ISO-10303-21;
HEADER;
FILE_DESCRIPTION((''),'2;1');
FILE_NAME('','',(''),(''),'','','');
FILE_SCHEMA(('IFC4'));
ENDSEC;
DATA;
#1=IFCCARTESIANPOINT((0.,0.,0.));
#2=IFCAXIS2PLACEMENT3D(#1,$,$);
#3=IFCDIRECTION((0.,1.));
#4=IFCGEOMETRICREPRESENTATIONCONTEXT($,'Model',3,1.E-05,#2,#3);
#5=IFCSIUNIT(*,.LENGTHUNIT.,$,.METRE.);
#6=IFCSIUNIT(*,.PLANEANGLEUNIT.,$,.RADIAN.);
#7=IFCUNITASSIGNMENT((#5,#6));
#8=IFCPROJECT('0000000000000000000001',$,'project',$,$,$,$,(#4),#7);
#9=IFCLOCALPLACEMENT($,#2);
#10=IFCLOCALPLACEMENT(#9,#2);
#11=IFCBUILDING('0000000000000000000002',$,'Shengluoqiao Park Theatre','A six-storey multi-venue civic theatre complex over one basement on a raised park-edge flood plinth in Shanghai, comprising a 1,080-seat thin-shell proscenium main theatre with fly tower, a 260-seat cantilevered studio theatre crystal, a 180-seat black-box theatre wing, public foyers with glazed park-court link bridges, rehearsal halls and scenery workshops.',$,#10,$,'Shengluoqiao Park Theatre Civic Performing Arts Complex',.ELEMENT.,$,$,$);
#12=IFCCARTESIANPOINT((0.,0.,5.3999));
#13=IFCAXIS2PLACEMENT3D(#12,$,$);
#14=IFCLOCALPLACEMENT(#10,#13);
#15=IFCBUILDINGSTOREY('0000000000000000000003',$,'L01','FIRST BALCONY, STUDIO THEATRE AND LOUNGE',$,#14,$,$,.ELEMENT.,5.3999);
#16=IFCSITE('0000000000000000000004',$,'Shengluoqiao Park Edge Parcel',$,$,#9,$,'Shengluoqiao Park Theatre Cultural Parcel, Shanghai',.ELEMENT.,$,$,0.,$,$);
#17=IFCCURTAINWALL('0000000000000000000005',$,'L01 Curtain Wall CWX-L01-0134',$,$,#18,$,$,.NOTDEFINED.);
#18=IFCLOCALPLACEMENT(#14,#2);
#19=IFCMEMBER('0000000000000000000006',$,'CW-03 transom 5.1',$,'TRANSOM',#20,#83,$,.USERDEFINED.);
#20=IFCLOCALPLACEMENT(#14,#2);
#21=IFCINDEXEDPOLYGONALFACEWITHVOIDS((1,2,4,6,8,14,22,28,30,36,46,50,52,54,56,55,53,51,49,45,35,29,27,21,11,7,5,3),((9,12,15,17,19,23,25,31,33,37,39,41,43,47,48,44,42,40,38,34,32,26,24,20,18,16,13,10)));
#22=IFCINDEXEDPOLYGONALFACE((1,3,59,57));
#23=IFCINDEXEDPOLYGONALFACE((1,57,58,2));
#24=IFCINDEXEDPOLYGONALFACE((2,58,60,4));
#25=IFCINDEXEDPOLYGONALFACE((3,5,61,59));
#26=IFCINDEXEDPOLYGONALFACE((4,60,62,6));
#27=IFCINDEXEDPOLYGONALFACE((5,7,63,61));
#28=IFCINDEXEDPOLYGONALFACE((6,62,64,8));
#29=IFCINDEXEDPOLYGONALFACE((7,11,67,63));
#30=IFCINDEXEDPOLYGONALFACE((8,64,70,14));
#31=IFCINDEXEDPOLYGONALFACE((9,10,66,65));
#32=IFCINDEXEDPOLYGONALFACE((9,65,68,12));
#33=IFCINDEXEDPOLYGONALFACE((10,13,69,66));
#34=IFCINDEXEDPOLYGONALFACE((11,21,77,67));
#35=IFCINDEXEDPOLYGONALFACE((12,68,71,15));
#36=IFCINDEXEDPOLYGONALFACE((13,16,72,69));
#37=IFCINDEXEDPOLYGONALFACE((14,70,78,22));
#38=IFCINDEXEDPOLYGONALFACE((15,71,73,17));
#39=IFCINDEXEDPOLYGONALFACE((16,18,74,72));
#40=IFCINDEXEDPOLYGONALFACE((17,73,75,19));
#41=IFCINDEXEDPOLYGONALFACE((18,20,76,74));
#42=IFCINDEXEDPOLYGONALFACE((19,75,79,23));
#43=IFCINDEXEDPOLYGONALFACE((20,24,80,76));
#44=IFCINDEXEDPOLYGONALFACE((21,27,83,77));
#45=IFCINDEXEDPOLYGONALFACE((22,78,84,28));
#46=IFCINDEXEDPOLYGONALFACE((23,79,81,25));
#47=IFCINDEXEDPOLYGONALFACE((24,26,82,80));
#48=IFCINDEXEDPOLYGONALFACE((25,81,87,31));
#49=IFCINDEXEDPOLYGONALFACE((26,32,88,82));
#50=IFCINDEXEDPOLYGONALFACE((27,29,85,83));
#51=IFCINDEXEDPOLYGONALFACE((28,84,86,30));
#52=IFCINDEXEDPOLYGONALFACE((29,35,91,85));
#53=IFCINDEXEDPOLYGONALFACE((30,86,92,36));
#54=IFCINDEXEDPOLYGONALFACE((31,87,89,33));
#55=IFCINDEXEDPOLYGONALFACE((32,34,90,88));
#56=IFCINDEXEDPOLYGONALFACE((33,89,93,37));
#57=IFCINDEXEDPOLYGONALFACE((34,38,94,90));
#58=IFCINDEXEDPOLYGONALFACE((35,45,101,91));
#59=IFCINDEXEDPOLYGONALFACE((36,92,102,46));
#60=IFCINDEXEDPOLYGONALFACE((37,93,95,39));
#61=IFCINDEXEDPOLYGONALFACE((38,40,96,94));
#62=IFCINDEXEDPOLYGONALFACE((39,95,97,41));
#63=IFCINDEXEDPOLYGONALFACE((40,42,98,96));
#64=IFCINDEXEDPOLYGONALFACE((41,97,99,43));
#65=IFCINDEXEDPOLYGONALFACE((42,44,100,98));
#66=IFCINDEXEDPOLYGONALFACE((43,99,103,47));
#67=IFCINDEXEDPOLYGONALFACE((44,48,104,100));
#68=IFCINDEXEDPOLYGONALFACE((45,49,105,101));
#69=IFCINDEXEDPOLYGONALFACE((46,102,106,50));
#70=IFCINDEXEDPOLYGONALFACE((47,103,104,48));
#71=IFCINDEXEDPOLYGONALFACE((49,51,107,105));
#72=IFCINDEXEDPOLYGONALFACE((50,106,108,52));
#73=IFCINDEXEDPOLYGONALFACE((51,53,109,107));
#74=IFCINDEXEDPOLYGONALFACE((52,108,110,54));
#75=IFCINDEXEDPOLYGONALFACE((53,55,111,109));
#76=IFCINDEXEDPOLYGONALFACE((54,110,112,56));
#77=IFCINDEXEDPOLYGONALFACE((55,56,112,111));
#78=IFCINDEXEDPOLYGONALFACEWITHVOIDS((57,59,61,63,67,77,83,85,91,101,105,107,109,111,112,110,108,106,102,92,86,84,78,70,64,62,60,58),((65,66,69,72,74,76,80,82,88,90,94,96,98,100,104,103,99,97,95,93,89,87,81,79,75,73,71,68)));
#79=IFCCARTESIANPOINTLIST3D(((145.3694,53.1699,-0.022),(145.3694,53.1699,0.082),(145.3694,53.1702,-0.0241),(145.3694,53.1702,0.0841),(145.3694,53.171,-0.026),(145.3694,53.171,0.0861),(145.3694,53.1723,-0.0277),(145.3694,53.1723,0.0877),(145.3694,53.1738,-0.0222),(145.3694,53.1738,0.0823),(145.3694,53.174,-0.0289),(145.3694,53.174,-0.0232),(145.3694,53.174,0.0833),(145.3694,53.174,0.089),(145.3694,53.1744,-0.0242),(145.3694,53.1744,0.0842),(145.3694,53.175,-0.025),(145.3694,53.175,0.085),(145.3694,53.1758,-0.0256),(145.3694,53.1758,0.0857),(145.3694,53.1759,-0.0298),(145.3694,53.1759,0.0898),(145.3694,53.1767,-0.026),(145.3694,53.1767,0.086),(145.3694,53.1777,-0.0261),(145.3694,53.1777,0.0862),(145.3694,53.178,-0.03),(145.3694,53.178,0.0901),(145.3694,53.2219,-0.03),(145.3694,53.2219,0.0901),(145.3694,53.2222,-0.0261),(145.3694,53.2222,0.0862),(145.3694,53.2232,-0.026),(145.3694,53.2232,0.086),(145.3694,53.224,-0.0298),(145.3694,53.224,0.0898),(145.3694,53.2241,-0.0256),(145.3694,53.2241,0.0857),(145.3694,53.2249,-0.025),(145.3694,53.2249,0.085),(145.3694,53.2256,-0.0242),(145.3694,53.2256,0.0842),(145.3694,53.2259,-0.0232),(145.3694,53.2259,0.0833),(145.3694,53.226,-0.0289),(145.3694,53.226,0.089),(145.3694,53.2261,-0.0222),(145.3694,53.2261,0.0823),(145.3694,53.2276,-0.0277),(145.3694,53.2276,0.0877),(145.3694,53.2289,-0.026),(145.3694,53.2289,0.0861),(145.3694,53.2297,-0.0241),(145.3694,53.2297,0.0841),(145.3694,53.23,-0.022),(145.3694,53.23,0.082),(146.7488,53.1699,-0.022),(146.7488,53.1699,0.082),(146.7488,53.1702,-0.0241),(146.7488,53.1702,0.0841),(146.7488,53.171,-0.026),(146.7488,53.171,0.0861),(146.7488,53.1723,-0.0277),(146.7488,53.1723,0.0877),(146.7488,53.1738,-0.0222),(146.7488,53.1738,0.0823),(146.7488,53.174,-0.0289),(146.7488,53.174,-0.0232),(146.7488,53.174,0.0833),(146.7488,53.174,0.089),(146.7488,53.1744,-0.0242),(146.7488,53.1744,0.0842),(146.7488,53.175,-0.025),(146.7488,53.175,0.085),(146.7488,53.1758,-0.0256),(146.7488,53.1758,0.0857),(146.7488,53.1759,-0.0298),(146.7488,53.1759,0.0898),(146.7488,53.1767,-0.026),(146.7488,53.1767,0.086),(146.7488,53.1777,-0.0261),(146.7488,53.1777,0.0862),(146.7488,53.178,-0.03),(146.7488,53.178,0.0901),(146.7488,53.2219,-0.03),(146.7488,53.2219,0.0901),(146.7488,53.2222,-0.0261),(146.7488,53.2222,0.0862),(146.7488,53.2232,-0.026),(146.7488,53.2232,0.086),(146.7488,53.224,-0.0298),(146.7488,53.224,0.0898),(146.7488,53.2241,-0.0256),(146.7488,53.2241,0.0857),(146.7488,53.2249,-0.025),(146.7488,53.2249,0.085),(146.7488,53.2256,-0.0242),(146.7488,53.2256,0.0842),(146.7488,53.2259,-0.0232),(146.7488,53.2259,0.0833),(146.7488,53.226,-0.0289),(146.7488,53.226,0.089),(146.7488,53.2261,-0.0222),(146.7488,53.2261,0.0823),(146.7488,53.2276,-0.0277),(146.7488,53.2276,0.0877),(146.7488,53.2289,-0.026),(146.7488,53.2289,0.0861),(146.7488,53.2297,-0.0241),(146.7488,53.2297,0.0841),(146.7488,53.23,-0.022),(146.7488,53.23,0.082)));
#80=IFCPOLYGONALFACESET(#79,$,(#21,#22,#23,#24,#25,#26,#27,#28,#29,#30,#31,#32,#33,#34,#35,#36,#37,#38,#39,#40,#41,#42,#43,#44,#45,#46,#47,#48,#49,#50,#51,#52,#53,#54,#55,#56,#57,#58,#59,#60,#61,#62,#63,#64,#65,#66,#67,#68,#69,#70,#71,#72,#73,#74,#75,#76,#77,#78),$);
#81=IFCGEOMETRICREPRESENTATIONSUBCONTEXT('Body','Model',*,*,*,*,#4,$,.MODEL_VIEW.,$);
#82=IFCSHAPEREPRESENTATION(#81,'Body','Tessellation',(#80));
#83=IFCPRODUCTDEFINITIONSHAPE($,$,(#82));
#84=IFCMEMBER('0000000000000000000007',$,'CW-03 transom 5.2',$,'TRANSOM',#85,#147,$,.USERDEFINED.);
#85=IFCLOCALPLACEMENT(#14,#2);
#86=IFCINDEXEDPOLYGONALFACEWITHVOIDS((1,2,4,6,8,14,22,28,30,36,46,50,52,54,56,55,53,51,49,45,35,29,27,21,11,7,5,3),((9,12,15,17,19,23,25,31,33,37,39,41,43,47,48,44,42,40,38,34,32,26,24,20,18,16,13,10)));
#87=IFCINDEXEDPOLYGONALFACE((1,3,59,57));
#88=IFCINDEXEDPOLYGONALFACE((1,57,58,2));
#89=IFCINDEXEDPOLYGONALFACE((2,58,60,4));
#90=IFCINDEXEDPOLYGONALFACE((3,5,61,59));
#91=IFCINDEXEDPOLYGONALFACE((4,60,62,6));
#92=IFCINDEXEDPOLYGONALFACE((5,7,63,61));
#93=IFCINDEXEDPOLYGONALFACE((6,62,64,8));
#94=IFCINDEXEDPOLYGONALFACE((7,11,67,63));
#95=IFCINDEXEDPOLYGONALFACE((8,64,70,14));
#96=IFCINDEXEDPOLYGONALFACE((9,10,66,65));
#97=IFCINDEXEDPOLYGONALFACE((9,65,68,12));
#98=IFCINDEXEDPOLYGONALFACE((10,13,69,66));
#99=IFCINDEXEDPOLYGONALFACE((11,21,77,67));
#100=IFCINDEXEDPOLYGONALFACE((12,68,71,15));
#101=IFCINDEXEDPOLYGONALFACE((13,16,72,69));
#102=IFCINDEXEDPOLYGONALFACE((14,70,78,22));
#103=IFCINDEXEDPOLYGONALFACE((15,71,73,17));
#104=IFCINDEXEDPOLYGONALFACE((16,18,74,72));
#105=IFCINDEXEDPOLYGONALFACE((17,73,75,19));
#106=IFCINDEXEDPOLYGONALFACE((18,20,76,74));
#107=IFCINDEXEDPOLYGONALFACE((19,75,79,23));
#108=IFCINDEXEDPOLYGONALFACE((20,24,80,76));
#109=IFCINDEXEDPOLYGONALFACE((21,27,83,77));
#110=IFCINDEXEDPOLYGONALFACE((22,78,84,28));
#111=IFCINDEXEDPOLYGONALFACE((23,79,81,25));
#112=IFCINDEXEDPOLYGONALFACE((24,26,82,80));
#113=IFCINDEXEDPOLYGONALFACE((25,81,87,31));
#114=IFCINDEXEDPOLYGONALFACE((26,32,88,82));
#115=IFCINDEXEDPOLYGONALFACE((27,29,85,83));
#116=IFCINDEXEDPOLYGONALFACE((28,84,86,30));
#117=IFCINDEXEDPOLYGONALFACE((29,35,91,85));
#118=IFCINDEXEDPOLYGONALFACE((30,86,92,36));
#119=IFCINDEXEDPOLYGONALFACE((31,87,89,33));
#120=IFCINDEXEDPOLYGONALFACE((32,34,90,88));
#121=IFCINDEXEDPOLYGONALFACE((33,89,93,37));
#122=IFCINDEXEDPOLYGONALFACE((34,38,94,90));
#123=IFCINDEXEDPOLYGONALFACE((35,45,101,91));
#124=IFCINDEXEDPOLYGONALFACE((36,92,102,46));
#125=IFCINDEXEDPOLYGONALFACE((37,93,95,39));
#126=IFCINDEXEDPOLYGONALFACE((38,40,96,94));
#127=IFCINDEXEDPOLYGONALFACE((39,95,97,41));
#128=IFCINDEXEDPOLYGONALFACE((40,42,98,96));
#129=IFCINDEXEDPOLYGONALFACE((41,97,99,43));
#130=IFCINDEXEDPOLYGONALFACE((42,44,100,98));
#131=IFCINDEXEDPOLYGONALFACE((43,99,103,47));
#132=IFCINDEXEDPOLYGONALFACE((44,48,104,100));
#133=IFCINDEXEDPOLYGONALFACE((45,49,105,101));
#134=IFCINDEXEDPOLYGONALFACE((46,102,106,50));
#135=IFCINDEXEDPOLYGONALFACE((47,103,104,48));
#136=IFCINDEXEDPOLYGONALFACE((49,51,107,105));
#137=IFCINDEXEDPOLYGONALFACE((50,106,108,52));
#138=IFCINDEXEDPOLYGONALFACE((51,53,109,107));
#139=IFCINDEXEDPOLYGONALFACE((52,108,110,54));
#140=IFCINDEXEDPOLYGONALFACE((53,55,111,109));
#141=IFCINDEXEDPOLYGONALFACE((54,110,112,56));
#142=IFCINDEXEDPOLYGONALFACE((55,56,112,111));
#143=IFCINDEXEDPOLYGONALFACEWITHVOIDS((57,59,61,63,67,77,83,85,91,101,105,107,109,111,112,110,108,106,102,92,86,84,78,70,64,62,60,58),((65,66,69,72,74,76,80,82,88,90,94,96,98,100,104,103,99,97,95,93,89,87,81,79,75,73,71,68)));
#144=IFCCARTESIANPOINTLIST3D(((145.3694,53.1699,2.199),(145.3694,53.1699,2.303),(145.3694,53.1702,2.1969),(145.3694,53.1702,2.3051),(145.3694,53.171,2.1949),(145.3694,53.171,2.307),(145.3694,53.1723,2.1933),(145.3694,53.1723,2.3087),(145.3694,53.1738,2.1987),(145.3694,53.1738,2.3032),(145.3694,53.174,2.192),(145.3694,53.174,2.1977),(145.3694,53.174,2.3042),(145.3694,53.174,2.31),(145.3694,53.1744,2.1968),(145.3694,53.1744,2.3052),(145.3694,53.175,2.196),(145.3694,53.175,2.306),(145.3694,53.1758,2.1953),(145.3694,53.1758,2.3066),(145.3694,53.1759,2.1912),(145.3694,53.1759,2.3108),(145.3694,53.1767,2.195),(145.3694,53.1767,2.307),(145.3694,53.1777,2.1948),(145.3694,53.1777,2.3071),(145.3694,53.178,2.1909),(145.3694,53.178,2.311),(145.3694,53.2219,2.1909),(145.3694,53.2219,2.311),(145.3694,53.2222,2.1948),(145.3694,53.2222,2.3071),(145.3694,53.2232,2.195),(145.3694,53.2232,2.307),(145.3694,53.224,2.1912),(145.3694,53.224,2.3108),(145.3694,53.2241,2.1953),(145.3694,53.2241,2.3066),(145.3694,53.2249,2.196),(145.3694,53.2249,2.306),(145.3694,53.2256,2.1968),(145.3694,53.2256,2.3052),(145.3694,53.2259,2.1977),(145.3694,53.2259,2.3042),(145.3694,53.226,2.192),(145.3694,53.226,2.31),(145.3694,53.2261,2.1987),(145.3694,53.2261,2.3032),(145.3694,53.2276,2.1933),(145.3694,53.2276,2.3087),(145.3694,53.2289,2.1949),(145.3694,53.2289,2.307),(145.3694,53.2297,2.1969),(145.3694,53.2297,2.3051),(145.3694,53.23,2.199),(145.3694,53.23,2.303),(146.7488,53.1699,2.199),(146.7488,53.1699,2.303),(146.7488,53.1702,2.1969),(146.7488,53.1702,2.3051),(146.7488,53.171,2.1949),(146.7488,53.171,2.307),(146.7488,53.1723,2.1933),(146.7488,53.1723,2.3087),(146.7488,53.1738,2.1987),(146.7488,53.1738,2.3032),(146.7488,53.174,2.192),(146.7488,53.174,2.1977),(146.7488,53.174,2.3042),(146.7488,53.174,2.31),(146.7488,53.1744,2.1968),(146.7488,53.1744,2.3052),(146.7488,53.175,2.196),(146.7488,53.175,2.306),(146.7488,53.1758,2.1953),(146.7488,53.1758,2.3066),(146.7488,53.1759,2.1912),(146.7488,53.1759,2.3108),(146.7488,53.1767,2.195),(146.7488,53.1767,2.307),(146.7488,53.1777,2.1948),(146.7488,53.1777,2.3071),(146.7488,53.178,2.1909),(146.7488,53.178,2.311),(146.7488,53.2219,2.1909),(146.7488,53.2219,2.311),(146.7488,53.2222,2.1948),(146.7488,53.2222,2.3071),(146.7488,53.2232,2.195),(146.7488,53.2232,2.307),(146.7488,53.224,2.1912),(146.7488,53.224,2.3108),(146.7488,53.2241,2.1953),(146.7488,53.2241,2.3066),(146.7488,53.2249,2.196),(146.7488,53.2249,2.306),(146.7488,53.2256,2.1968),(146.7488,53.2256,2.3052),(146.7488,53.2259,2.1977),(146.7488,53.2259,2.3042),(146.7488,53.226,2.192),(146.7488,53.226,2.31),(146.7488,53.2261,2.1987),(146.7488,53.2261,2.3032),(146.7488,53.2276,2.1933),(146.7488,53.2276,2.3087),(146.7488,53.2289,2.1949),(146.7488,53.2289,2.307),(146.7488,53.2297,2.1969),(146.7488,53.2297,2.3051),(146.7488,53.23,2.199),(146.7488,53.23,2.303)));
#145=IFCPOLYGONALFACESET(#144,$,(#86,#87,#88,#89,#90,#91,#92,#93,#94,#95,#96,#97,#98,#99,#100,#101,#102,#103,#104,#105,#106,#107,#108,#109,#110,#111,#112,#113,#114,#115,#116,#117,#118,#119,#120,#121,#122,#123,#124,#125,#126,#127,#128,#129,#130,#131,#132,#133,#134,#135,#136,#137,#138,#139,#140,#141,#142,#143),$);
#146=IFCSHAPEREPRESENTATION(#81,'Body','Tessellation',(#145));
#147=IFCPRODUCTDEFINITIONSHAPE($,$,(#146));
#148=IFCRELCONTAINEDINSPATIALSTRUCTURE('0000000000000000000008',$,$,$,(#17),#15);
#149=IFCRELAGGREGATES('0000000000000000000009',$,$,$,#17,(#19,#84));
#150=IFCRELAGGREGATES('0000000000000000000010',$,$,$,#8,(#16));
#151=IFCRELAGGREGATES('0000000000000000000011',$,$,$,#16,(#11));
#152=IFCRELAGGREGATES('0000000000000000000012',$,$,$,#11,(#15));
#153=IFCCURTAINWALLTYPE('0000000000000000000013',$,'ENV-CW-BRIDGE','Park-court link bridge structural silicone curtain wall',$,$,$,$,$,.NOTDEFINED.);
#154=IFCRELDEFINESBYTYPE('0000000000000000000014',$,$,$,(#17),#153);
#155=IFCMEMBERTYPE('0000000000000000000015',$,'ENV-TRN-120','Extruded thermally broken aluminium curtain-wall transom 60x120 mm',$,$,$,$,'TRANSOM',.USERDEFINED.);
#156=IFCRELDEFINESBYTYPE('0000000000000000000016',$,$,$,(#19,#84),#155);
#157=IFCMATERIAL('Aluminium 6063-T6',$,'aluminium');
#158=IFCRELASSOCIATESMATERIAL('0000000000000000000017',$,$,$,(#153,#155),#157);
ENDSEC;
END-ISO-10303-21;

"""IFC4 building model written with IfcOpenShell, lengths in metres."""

from ifc_helpers import new_model, si_unit, direction, frame, origin, origin_2d, place, context, subcontext, project, spatial, hollow_rectangle, extrude, material, material_profile, profile_set, type_object, element, aggregate, save


model = new_model("IFC4")

# Units and contexts
model_context = context("Model", 3, precision=1e-05, world=origin(), true_north=direction((0.0, 1.0)))
body_context = subcontext(model_context, "Body", "Model", "MODEL_VIEW")
ifc_project = project(units=[si_unit("LENGTHUNIT", "METRE"), si_unit("PLANEANGLEUNIT", "RADIAN")], contexts=[model_context])

# Site, building, storey
site_placement = place(None, origin())
site = spatial("IfcSite", under=ifc_project, at=site_placement, Name="Shengluoqiao Park Edge Parcel", LongName="Shengluoqiao Park Theatre Cultural Parcel, Shanghai", CompositionType="ELEMENT", RefElevation=0.0)
building_placement = place(site_placement, origin())
building = spatial("IfcBuilding", under=site, at=building_placement, Name="Shengluoqiao Park Theatre", Description="A six-storey multi-venue civic theatre complex over one basement on a raised park-edge flood plinth in Shanghai, comprising a 1,080-seat thin-shell proscenium main theatre with fly tower, a 260-seat cantilevered studio theatre crystal, a 180-seat black-box theatre wing, public foyers with glazed park-court link bridges, rehearsal halls and scenery workshops.", LongName="Shengluoqiao Park Theatre Civic Performing Arts Complex", CompositionType="ELEMENT")
storey_placement = place(building_placement, frame((0.0, 0.0, 5.3999)))
storey = spatial("IfcBuildingStorey", under=building, at=storey_placement, Name="L01", Description="FIRST BALCONY, STUDIO THEATRE AND LOUNGE", CompositionType="ELEMENT", Elevation=5.3999)

# Curtain wall
ifc_material_1 = material(Name="Aluminium 6063-T6", Category="aluminium")
curtain_wall_type = type_object("IfcCurtainWallType", Name="ENV-CW-BRIDGE", Description="Park-court link bridge structural silicone curtain wall", PredefinedType="NOTDEFINED", material=ifc_material_1)
curtain_wall_1_placement = place(storey_placement, origin())
curtain_wall_1 = element("IfcCurtainWall", 1, at=curtain_wall_1_placement, inside=storey, type_object=curtain_wall_type, Name="L01 Curtain Wall CWX-L01-0134", PredefinedType="NOTDEFINED")

# Members
ifc_material_profile_1 = material_profile(ifc_material_1, hollow_rectangle(XDim=0.0601, YDim=0.1201, WallThickness=0.0039, InnerFilletRadius=0.0039, OuterFilletRadius=0.0081, at=origin_2d()), Name="ALU TRANSOM 120x60x4")
ifc_profile_set_1 = profile_set([ifc_material_profile_1], Name="Aluminium 6063-T6")
member_type_1 = type_object("IfcMemberType", Name="ENV-TRN-120", Description="Extruded thermally broken aluminium curtain-wall transom 60x120 mm", ElementType="TRANSOM", PredefinedType="USERDEFINED", material=ifc_profile_set_1)
member_1_placement = place(storey_placement, frame((145.3694, 53.2, 0.03), z_axis=(1.0, 0.0, 0.0), x_axis=(0.0, 1.0, 0.0)))
member_1 = element("IfcMember", 2, at=member_1_placement, type_object=member_type_1, Name="CW-03 transom 5.1", ObjectType="TRANSOM", PredefinedType="USERDEFINED", context=body_context, shape_type="SweptSolid", body=[
    extrude(hollow_rectangle(XDim=0.0601, YDim=0.1201, WallThickness=0.0039, InnerFilletRadius=0.0039, OuterFilletRadius=0.0081, at=origin_2d()), origin(), (0.0, 0.0, 1.0), 1.3794),
])
member_2_placement = place(storey_placement, frame((145.3694, 53.2, 2.251), z_axis=(1.0, 0.0, 0.0), x_axis=(0.0, 1.0, 0.0)))
member_2 = element("IfcMember", 3, at=member_2_placement, type_object=member_type_1, Name="CW-03 transom 5.2", ObjectType="TRANSOM", PredefinedType="USERDEFINED", context=body_context, shape_type="SweptSolid", body=[
    extrude(hollow_rectangle(XDim=0.0601, YDim=0.1201, WallThickness=0.0039, InnerFilletRadius=0.0039, OuterFilletRadius=0.0081, at=origin_2d()), origin(), (0.0, 0.0, 1.0), 1.3794),
])

aggregate(curtain_wall_1, [member_1, member_2])

save(model, "model.ifc")
